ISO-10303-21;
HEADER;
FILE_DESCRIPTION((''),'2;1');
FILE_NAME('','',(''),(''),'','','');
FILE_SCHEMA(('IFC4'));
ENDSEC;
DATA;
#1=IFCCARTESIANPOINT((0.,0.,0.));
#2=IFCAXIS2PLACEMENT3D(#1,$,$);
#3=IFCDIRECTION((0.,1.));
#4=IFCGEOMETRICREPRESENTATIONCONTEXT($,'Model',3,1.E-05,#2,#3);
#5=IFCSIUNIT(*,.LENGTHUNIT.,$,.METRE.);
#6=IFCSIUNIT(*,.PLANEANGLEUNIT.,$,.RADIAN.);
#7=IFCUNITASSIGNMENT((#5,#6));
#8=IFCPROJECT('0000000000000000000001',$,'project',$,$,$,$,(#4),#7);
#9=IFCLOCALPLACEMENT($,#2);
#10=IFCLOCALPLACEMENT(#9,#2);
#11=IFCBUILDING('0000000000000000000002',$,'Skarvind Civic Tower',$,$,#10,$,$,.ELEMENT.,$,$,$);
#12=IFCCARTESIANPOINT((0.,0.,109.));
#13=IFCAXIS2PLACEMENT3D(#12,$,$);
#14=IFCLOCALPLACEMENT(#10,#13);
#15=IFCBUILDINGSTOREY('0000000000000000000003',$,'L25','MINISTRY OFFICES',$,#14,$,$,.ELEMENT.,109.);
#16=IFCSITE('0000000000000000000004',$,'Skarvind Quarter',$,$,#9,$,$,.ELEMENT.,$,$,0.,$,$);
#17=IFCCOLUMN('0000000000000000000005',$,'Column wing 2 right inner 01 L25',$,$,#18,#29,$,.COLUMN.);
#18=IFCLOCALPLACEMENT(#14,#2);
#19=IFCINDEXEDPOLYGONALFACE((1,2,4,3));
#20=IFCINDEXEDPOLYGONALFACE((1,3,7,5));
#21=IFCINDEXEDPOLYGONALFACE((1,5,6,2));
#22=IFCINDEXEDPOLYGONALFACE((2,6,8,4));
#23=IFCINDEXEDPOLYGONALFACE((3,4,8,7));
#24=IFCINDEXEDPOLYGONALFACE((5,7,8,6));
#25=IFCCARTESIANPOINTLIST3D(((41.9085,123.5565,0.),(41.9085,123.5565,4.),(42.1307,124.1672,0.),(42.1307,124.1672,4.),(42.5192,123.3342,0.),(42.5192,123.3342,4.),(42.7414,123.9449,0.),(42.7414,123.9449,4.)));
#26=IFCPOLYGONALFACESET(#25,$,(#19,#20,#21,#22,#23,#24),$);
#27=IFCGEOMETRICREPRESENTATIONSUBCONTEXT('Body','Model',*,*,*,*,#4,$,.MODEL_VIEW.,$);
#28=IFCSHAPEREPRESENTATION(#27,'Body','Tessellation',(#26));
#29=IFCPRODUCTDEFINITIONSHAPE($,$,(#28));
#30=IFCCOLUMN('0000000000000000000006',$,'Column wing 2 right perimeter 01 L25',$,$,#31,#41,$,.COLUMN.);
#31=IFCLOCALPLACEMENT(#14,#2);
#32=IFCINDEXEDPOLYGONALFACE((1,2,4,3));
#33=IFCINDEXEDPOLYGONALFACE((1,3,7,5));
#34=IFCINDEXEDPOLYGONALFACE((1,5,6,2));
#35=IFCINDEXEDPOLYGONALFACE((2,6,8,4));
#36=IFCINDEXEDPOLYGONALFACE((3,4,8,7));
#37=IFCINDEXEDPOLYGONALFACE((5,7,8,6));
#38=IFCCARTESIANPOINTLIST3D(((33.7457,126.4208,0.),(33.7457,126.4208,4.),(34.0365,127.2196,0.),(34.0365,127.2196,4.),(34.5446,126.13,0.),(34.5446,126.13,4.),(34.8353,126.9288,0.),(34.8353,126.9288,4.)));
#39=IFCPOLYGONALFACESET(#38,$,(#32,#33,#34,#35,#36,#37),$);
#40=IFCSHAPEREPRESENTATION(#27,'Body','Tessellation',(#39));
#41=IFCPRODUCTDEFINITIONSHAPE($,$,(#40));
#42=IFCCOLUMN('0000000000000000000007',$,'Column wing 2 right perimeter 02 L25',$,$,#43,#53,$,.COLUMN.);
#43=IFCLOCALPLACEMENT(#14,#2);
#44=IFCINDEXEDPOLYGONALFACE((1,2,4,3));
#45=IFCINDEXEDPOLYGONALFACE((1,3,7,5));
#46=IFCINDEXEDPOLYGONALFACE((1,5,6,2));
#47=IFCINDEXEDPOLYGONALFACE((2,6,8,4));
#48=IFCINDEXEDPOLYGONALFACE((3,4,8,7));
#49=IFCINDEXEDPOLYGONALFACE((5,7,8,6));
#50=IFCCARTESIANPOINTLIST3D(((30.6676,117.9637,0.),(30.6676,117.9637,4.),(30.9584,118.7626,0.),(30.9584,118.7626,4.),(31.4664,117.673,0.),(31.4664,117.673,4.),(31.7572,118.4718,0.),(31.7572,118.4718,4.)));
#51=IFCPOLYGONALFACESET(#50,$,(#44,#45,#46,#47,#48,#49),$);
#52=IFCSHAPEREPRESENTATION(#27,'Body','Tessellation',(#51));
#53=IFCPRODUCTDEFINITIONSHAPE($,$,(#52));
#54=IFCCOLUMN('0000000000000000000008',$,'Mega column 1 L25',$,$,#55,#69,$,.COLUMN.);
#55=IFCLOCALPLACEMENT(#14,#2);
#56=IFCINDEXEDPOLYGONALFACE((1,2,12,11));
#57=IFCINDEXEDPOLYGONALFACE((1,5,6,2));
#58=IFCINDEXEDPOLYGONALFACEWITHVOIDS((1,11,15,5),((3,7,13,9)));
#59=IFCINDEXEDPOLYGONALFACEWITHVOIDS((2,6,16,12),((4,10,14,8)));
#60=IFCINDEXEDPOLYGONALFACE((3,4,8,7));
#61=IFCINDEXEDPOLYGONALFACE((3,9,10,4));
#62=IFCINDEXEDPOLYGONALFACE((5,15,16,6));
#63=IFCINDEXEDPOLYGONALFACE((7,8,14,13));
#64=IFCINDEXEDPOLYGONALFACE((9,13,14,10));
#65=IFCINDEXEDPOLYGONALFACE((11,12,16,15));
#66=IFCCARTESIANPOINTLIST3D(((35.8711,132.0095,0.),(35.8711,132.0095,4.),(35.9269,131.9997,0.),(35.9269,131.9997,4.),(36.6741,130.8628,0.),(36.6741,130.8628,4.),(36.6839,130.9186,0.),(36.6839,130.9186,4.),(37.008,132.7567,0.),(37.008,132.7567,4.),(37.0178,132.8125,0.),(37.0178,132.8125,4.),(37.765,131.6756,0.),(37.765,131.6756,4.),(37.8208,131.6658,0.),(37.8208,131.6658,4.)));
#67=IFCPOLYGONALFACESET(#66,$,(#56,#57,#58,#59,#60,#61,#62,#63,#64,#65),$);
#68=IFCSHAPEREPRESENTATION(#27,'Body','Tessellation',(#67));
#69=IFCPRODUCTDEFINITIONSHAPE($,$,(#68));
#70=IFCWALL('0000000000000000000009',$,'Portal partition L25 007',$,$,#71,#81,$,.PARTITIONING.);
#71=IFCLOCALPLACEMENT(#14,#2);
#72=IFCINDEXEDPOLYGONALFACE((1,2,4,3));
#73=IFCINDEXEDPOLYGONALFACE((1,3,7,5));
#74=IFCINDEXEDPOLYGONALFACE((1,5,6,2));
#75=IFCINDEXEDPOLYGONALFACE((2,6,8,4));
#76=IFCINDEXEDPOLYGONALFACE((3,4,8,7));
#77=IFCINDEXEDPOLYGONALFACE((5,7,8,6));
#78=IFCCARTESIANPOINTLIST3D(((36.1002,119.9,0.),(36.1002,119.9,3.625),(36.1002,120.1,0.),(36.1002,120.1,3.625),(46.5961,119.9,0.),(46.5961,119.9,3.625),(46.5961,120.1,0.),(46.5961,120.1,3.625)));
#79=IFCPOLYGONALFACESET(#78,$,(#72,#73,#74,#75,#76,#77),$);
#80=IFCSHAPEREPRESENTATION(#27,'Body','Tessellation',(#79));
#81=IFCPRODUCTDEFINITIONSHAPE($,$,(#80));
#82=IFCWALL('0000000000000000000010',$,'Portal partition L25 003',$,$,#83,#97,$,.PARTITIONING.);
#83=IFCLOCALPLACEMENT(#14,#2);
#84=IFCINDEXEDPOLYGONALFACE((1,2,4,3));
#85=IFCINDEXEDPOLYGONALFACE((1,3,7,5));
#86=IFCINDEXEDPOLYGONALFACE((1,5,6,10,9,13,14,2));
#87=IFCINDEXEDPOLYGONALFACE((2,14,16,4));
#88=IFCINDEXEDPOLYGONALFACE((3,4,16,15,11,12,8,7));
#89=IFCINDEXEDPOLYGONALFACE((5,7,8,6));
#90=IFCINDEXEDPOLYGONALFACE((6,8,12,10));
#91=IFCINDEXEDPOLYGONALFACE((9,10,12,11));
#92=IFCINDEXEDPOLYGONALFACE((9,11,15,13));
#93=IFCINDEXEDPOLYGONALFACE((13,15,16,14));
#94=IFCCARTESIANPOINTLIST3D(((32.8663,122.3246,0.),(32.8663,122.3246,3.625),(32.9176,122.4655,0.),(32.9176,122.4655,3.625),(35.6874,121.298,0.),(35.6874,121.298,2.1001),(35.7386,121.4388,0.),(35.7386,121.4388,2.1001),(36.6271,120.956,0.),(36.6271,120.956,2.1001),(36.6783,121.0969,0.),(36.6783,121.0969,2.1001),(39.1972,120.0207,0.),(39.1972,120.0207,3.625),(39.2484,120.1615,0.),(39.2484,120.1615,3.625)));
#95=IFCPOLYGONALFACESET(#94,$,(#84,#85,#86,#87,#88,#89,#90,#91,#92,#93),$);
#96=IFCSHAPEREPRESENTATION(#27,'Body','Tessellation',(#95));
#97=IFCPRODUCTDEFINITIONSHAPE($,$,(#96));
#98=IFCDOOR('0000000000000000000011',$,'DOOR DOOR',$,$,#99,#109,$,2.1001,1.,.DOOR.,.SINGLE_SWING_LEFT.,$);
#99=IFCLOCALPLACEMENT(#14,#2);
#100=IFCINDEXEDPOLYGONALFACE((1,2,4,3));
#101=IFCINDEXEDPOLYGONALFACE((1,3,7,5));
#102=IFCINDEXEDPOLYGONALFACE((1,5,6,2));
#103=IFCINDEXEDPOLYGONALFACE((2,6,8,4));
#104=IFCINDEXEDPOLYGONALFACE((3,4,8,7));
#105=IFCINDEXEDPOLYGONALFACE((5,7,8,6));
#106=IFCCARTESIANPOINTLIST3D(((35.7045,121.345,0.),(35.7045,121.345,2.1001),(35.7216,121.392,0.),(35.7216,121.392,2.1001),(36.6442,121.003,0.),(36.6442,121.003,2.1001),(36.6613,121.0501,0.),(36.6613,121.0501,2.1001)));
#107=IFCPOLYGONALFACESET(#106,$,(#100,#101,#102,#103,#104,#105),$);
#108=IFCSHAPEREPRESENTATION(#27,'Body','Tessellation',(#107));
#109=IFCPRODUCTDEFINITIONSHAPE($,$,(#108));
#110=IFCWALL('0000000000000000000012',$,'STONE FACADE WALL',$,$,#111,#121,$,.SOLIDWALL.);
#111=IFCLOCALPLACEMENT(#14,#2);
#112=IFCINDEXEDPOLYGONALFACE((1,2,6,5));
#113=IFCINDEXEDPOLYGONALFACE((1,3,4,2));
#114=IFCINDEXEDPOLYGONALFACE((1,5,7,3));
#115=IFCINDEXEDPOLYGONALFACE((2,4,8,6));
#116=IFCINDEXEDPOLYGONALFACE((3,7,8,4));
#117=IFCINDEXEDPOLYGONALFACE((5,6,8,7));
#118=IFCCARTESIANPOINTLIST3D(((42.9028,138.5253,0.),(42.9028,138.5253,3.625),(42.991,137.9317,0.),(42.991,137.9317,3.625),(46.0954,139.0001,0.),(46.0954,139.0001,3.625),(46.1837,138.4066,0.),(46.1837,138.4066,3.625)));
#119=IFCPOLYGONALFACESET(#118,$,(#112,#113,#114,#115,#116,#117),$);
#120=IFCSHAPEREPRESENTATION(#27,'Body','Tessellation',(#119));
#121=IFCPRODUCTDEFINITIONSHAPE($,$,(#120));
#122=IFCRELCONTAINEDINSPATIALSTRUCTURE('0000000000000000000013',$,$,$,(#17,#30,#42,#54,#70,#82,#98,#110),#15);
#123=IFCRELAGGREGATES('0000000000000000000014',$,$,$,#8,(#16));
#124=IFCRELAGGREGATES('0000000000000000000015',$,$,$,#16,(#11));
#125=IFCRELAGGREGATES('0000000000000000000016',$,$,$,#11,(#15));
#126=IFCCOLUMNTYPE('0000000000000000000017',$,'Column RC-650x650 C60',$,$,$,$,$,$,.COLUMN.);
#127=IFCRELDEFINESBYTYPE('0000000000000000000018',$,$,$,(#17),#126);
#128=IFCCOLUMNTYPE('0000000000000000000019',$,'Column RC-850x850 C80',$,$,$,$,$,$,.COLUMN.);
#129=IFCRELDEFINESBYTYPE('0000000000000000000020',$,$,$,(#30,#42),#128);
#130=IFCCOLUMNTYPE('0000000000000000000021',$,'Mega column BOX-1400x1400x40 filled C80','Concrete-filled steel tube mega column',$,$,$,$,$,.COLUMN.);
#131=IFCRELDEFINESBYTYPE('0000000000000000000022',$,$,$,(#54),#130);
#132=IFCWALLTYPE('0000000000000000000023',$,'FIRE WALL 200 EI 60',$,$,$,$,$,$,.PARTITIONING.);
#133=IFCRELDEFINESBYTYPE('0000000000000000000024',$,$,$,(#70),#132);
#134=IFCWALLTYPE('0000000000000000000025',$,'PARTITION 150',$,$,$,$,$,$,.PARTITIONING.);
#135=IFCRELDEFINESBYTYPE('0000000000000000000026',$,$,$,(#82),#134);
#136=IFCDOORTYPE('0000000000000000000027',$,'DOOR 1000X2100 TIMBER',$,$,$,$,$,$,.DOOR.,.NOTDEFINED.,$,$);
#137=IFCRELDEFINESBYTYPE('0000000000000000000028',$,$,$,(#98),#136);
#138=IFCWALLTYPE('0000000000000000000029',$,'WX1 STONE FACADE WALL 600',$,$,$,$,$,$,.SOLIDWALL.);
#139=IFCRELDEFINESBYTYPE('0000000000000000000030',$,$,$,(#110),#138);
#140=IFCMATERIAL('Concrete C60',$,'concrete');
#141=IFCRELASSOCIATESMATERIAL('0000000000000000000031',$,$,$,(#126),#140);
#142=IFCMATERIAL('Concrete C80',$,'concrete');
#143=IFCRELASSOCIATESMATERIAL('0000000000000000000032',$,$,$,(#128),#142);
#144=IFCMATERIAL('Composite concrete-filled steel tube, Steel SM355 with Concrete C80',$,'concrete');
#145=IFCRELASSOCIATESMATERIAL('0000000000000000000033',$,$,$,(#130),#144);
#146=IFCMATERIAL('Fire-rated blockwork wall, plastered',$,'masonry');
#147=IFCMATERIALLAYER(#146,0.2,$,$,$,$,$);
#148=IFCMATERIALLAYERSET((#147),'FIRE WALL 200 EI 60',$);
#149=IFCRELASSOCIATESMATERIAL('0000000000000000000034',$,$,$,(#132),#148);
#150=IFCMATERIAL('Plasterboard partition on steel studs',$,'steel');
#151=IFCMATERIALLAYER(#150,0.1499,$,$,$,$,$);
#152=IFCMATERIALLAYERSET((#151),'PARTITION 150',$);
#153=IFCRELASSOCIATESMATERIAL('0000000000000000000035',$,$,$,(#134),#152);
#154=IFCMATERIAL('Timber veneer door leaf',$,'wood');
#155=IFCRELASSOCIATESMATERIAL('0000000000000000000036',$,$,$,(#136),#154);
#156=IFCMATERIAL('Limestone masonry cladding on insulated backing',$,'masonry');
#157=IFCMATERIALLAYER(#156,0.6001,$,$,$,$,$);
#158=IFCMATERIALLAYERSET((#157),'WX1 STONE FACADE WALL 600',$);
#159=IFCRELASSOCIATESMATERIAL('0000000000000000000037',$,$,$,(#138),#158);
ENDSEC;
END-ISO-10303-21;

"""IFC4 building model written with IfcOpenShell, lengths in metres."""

from ifc_helpers import new_model, si_unit, direction, frame, frame_2d, origin, origin_2d, place, context, subcontext, project, spatial, rectangle, hollow_rectangle, extrude, material, layer, layer_set, material_profile, profile_set, type_object, element, fill, save


model = new_model("IFC4")

# Units and contexts
model_context = context("Model", 3, precision=1e-05, world=origin(), true_north=direction((0.0, 1.0)))
body_context = subcontext(model_context, "Body", "Model", "MODEL_VIEW")
ifc_project = project(units=[si_unit("LENGTHUNIT", "METRE"), si_unit("PLANEANGLEUNIT", "RADIAN")], contexts=[model_context])

# Site, building, storey
site_placement = place(None, origin())
site = spatial("IfcSite", under=ifc_project, at=site_placement, Name="Skarvind Quarter", CompositionType="ELEMENT", RefElevation=0.0)
building_placement = place(site_placement, origin())
building = spatial("IfcBuilding", under=site, at=building_placement, Name="Skarvind Civic Tower", CompositionType="ELEMENT")
storey_placement = place(building_placement, frame((0.0, 0.0, 109.0)))
storey = spatial("IfcBuildingStorey", under=building, at=storey_placement, Name="L25", Description="MINISTRY OFFICES", CompositionType="ELEMENT", Elevation=109.0)

# Columns
ifc_material_1 = material(Name="Concrete C60", Category="concrete")
ifc_material_profile_1 = material_profile(ifc_material_1, rectangle(XDim=0.6499, YDim=0.6499, at=origin_2d()), Name="RC-650x650")
ifc_profile_set_1 = profile_set([ifc_material_profile_1], Name="Concrete C60")
column_type_1 = type_object("IfcColumnType", Name="Column RC-650x650 C60", PredefinedType="COLUMN", material=ifc_profile_set_1)
column_1_placement = place(storey_placement, frame((42.325, 123.7507, 0.0), z_axis=(0.0, 0.0, 1.0), x_axis=(-0.34202, -0.939693, 0.0)))
element("IfcColumn", 1, at=column_1_placement, inside=storey, type_object=column_type_1, Name="Column wing 2 right inner 01 L25", PredefinedType="COLUMN", context=body_context, shape_type="SweptSolid", body=[
    extrude(rectangle(XDim=0.6499, YDim=0.6499, at=origin_2d()), origin(), (0.0, 0.0, 1.0), 4.0),
])
ifc_material_2 = material(Name="Concrete C80", Category="concrete")
ifc_material_profile_2 = material_profile(ifc_material_2, rectangle(XDim=0.8501, YDim=0.8501, at=origin_2d()), Name="RC-850x850")
ifc_profile_set_2 = profile_set([ifc_material_profile_2], Name="Concrete C80")
column_type_2 = type_object("IfcColumnType", Name="Column RC-850x850 C80", PredefinedType="COLUMN", material=ifc_profile_set_2)
for number, where, z_axis, x_axis, name in (
    (2, (34.2905, 126.6748, 0.0), (0.0, 0.0, 1.0), (-0.34202, -0.939693, 0.0), "Column wing 2 right perimeter 01 L25"),
    (3, (31.2124, 118.2178, 0.0), (0.0, 0.0, 1.0), (-0.34202, -0.939693, 0.0), "Column wing 2 right perimeter 02 L25"),
):
    element("IfcColumn", number, at=place(storey_placement, frame(where, z_axis=z_axis, x_axis=x_axis)), inside=storey, type_object=column_type_2, Name=name, PredefinedType="COLUMN", context=body_context, shape_type="SweptSolid", body=[
        extrude(rectangle(XDim=0.8501, YDim=0.8501, at=origin_2d()), origin(), (0.0, 0.0, 1.0), 4.0),
    ])
ifc_material_3 = material(Name="Composite concrete-filled steel tube, Steel SM355 with Concrete C80", Category="concrete")
ifc_material_profile_3 = material_profile(ifc_material_3, hollow_rectangle(XDim=1.3999, YDim=1.3999, WallThickness=0.04, at=origin_2d()), Name="BOX-1400x1400x40")
ifc_profile_set_3 = profile_set([ifc_material_profile_3], Name="Composite concrete-filled steel tube, Steel SM355 with Concrete C80")
column_type_3 = type_object("IfcColumnType", Name="Mega column BOX-1400x1400x40 filled C80", Description="Concrete-filled steel tube mega column", PredefinedType="COLUMN", material=ifc_profile_set_3)
column_2_placement = place(storey_placement, frame((36.8459, 131.8376, 0.0), z_axis=(0.0, 0.0, 1.0), x_axis=(0.573576, -0.819152, 0.0)))
element("IfcColumn", 4, at=column_2_placement, inside=storey, type_object=column_type_3, Name="Mega column 1 L25", PredefinedType="COLUMN", context=body_context, shape_type="SweptSolid", body=[
    extrude(hollow_rectangle(XDim=1.3999, YDim=1.3999, WallThickness=0.04, at=origin_2d()), origin(), (0.0, 0.0, 1.0), 4.0),
])

# Wall
ifc_material_4 = material(Name="Fire-rated blockwork wall, plastered", Category="masonry")
ifc_layer_1 = layer(ifc_material_4, 0.2)
ifc_layer_set_1 = layer_set([ifc_layer_1], Name="FIRE WALL 200 EI 60")
wall_type_1 = type_object("IfcWallType", Name="FIRE WALL 200 EI 60", PredefinedType="PARTITIONING", material=ifc_layer_set_1)
wall_1_placement = place(storey_placement, frame((36.1001, 120.0, 0.0), z_axis=(0.0, 0.0, 1.0), x_axis=(1.0, 0.0, 0.0)))
element("IfcWall", 5, at=wall_1_placement, inside=storey, type_object=wall_type_1, Name="Portal partition L25 007", PredefinedType="PARTITIONING", context=body_context, shape_type="SweptSolid", body=[
    extrude(rectangle(XDim=10.4958, YDim=0.2, at=frame_2d((5.248, 0.0))), origin(), (0.0, 0.0, 1.0), 3.625),
])

# Wall, opening, door
ifc_material_5 = material(Name="Plasterboard partition on steel studs", Category="steel")
ifc_layer_2 = layer(ifc_material_5, 0.1499)
ifc_layer_set_2 = layer_set([ifc_layer_2], Name="PARTITION 150")
wall_type_2 = type_object("IfcWallType", Name="PARTITION 150", PredefinedType="PARTITIONING", material=ifc_layer_set_2)
wall_2_placement = place(storey_placement, frame((39.2229, 120.0911, 0.0), z_axis=(0.0, 0.0, 1.0), x_axis=(-0.939706, 0.341985, 0.0)))
wall_2 = element("IfcWall", 6, at=wall_2_placement, inside=storey, type_object=wall_type_2, Name="Portal partition L25 003", PredefinedType="PARTITIONING", context=body_context, shape_type="SweptSolid", body=[
    extrude(rectangle(XDim=6.7371, YDim=0.1499, at=frame_2d((3.3687, 0.0))), origin(), (0.0, 0.0, 1.0), 3.625),
])
opening_1_placement = place(wall_2_placement, frame((2.7351, 0.0, 0.0)))
opening_1 = element("IfcOpeningElement", 7, at=opening_1_placement, cuts=wall_2, PredefinedType="OPENING", context=body_context, shape_type="SweptSolid", body=[
    extrude(rectangle(XDim=1.0, YDim=2.1001, at=frame_2d((0.5, 1.05))), frame((0.0, 0.085, 0.0), z_axis=(0.0, -1.0, 0.0), x_axis=(1.0, 0.0, 0.0)), (0.0, 0.0, 1.0), 0.1699),
])
ifc_material_6 = material(Name="Timber veneer door leaf", Category="wood")
door_type = type_object("IfcDoorType", Name="DOOR 1000X2100 TIMBER", OperationType="NOTDEFINED", PredefinedType="DOOR", material=ifc_material_6)
door_placement = place(opening_1_placement, origin())
door = element("IfcDoor", 8, at=door_placement, inside=storey, type_object=door_type, Name="DOOR DOOR", OperationType="SINGLE_SWING_LEFT", OverallHeight=2.1001, OverallWidth=1.0, PredefinedType="DOOR", context=body_context, shape_type="SweptSolid", body=[
    extrude(rectangle(XDim=1.0, YDim=2.1001, at=frame_2d((0.5, 1.05))), frame((0.0, 0.0249, 0.0), z_axis=(0.0, -1.0, 0.0), x_axis=(1.0, 0.0, 0.0)), (0.0, 0.0, 1.0), 0.05),
])
fill(opening_1, door)

# Wall
ifc_material_7 = material(Name="Limestone masonry cladding on insulated backing", Category="masonry")
ifc_layer_3 = layer(ifc_material_7, 0.6001)
ifc_layer_set_3 = layer_set([ifc_layer_3], Name="WX1 STONE FACADE WALL 600")
wall_type_3 = type_object("IfcWallType", Name="WX1 STONE FACADE WALL 600", PredefinedType="SOLIDWALL", material=ifc_layer_set_3)
wall_3_placement = place(storey_placement, frame((42.947, 138.2285, 0.0), z_axis=(0.0, 0.0, 1.0), x_axis=(0.989119, 0.147116, 0.0)))
element("IfcWall", 9, at=wall_3_placement, inside=storey, type_object=wall_type_3, Name="STONE FACADE WALL", PredefinedType="SOLIDWALL", context=body_context, shape_type="SweptSolid", body=[
    extrude(rectangle(XDim=3.2278, YDim=0.6001, at=frame_2d((1.6138, 0.0))), origin(), (0.0, 0.0, 1.0), 3.625),
])

save(model, "model.ifc")
